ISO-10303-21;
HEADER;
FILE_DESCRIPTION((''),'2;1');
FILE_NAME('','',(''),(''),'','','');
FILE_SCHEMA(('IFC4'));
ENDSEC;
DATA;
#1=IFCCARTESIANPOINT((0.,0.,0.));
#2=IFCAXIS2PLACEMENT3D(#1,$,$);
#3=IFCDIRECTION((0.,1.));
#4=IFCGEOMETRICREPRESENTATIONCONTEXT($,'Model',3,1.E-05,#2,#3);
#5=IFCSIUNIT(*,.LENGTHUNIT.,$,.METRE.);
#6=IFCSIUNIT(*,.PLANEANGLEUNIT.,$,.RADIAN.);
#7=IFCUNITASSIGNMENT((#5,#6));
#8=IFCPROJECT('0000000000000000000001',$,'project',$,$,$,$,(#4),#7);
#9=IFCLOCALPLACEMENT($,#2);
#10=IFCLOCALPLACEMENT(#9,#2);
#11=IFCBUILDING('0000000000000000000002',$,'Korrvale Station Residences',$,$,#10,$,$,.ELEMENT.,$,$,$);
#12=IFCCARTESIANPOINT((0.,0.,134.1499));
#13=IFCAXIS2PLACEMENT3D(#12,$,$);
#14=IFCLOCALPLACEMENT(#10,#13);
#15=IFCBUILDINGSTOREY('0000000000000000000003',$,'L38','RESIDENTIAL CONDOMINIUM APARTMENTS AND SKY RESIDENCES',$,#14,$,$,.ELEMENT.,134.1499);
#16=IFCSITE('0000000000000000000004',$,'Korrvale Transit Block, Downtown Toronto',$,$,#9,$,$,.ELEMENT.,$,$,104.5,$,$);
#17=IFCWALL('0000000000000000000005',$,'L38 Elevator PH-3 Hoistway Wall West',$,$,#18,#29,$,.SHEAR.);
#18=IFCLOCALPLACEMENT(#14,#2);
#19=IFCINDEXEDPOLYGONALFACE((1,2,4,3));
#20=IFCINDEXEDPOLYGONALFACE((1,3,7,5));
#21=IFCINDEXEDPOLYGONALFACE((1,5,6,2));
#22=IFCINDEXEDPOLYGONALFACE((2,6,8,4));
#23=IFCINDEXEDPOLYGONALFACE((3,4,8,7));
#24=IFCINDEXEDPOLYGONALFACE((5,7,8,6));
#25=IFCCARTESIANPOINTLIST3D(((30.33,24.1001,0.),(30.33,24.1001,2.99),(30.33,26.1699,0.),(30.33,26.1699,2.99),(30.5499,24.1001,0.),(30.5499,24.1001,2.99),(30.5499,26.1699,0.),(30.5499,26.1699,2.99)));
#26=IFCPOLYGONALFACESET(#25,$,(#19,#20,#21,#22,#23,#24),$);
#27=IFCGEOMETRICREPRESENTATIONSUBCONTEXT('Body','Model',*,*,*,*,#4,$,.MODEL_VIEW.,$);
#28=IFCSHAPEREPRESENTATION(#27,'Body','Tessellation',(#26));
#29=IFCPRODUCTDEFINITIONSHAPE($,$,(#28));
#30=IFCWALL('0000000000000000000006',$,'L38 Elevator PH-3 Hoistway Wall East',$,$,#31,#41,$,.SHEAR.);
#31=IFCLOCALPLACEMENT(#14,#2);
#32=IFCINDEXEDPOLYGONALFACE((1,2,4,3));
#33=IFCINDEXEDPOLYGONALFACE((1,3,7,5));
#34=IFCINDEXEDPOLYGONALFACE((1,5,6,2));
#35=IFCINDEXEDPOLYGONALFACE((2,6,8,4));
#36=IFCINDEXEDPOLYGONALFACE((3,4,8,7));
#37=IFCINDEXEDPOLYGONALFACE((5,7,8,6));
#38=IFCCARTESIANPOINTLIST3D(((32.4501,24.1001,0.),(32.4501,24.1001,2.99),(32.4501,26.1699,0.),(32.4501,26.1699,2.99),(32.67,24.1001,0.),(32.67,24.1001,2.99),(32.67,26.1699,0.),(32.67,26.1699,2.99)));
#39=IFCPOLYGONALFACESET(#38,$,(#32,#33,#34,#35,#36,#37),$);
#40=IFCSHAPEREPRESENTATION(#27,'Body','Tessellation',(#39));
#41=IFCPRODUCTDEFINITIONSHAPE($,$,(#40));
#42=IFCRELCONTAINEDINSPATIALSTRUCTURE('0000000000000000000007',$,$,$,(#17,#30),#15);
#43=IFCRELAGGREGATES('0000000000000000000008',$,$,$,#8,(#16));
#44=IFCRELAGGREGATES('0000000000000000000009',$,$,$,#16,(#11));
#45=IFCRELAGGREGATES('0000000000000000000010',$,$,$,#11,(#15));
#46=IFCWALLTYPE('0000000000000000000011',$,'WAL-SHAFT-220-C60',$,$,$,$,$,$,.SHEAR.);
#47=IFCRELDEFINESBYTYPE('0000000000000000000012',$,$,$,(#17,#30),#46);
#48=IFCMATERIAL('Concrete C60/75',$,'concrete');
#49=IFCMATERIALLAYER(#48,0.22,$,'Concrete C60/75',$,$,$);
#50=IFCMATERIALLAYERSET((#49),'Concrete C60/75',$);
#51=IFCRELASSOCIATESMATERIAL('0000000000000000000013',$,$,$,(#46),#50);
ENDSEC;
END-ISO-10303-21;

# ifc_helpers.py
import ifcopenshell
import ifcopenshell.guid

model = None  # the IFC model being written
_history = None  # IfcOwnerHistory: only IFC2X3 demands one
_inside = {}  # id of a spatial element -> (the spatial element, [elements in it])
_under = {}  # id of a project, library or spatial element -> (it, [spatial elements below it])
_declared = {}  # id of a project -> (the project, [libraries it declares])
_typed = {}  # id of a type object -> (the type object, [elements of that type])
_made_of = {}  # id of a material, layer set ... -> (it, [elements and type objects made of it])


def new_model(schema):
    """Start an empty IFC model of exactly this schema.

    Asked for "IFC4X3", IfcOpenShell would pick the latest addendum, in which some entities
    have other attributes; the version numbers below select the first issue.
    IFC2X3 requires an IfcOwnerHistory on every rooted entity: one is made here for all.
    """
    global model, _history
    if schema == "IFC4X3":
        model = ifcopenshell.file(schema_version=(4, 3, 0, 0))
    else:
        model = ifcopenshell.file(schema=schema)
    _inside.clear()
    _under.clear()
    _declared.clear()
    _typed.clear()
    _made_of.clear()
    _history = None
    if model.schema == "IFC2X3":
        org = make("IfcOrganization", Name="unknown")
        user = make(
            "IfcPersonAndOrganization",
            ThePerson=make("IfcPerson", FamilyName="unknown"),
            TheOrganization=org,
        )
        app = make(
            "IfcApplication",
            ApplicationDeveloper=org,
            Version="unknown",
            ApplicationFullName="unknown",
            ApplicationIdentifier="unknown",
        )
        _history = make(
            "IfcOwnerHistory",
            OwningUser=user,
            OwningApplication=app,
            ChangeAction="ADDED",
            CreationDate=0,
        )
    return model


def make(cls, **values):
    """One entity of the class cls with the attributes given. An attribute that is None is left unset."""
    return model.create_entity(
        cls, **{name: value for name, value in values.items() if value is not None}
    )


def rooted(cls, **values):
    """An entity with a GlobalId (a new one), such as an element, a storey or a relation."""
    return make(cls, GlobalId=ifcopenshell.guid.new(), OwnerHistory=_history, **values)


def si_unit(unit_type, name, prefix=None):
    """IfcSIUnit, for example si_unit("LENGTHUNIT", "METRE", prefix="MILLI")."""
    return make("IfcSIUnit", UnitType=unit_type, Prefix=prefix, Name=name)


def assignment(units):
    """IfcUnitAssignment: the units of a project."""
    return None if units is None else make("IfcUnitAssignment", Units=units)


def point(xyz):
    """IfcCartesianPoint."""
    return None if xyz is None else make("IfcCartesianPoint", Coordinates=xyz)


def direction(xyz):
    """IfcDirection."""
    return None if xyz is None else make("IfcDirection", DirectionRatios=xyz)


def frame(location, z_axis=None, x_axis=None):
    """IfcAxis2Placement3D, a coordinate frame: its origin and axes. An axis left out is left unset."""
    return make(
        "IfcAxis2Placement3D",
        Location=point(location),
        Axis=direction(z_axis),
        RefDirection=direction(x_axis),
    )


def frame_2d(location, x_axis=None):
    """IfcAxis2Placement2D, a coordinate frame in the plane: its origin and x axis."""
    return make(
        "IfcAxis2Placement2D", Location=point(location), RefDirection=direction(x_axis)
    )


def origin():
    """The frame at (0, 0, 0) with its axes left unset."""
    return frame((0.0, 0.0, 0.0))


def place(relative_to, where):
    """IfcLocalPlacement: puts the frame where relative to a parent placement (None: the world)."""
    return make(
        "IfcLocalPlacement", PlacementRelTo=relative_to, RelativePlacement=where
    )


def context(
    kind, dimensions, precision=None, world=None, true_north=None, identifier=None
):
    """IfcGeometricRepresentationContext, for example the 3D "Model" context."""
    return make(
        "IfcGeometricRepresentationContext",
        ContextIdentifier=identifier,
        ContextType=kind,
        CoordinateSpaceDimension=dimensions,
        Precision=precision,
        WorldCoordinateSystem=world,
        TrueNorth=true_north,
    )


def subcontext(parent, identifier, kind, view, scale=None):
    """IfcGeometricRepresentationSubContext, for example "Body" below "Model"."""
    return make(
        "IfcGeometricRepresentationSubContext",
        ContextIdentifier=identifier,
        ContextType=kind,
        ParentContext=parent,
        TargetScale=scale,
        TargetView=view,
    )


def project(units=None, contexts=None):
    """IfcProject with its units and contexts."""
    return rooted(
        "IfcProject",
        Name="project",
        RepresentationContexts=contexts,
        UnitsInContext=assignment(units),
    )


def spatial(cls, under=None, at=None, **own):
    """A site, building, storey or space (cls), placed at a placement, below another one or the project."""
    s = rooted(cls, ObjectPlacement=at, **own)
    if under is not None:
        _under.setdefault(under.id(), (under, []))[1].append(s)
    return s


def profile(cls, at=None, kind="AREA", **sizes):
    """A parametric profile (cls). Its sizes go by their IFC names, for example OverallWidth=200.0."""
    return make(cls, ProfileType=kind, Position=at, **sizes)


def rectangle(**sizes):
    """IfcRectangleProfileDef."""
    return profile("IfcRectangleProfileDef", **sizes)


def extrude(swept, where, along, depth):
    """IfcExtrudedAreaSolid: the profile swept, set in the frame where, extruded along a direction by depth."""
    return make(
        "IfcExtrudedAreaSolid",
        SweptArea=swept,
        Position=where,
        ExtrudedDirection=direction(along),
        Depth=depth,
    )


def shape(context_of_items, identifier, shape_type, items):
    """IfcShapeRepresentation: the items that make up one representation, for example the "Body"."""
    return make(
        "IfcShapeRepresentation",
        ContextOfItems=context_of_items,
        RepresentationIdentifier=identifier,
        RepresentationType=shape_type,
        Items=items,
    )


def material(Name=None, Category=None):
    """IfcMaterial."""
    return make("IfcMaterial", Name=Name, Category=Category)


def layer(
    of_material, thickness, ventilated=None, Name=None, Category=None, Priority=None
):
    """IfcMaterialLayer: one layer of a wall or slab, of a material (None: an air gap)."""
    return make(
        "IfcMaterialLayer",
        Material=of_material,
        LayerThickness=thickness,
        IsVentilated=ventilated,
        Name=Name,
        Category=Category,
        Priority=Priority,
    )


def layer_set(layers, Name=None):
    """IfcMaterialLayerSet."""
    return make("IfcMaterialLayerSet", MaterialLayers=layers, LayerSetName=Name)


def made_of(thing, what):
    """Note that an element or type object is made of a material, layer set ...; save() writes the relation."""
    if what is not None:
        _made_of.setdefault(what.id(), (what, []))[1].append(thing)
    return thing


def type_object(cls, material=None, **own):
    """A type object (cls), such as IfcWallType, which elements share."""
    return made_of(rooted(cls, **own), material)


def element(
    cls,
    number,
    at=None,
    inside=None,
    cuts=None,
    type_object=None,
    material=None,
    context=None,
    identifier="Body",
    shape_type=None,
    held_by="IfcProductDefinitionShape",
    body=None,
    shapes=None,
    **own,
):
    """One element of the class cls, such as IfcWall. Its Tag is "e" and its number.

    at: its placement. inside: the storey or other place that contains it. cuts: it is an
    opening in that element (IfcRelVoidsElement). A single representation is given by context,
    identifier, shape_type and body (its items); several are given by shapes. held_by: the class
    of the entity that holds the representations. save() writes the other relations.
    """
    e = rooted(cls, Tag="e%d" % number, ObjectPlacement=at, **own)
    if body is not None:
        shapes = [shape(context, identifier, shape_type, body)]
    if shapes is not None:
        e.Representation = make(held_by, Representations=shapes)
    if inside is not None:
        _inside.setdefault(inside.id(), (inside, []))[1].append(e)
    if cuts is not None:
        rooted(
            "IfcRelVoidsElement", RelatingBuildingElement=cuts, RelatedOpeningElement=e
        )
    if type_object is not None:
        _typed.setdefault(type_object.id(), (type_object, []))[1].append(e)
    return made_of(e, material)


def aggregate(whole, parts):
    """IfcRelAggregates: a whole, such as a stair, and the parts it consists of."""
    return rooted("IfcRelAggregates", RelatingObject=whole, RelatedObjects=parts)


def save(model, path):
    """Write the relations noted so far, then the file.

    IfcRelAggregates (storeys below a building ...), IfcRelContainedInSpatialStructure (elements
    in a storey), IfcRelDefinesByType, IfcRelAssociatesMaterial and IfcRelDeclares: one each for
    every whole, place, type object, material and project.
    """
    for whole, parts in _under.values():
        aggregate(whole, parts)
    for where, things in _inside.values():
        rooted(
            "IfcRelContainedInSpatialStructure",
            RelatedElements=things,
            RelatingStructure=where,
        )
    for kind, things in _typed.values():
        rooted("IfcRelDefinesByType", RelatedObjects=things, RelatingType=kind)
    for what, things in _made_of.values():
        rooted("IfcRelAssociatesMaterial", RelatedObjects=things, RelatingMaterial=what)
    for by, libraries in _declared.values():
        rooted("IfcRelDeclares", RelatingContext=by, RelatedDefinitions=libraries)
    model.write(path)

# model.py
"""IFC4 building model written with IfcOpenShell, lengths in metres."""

from ifc_helpers import new_model, si_unit, direction, frame, frame_2d, origin, place, context, subcontext, project, spatial, rectangle, extrude, material, layer, layer_set, type_object, element, save


model = new_model("IFC4")

# Units and contexts
model_context = context("Model", 3, precision=1e-05, world=origin(), true_north=direction((0.0, 1.0)))
body_context = subcontext(model_context, "Body", "Model", "MODEL_VIEW")
ifc_project = project(units=[si_unit("LENGTHUNIT", "METRE"), si_unit("PLANEANGLEUNIT", "RADIAN")], contexts=[model_context])

# Site, building, storey
site_placement = place(None, origin())
site = spatial("IfcSite", under=ifc_project, at=site_placement, Name="Korrvale Transit Block, Downtown Toronto", CompositionType="ELEMENT", RefElevation=104.5)
building_placement = place(site_placement, origin())
building = spatial("IfcBuilding", under=site, at=building_placement, Name="Korrvale Station Residences", CompositionType="ELEMENT")
storey_placement = place(building_placement, frame((0.0, 0.0, 134.1499)))
storey = spatial("IfcBuildingStorey", under=building, at=storey_placement, Name="L38", Description="RESIDENTIAL CONDOMINIUM APARTMENTS AND SKY RESIDENCES", CompositionType="ELEMENT", Elevation=134.1499)

# Shared definitions
ifc_material_1 = material(Name="Concrete C60/75", Category="concrete")

# Shared definitions
ifc_layer_1 = layer(ifc_material_1, 0.22, Name="Concrete C60/75")
ifc_layer_set_1 = layer_set([ifc_layer_1], Name="Concrete C60/75")
wall_type_1 = type_object("IfcWallType", Name="WAL-SHAFT-220-C60", PredefinedType="SHEAR", material=ifc_layer_set_1)

# Walls
for number, where, z_axis, x_axis, name in (
    (1, (30.4399, 24.1001, 0.0), (0.0, 0.0, 1.0), (0.0, 1.0, 0.0), "L38 Elevator PH-3 Hoistway Wall West"),
    (2, (32.5601, 24.1001, 0.0), (0.0, 0.0, 1.0), (0.0, 1.0, 0.0), "L38 Elevator PH-3 Hoistway Wall East"),
):
    element("IfcWall", number, at=place(storey_placement, frame(where, z_axis=z_axis, x_axis=x_axis)), inside=storey, type_object=wall_type_1, Name=name, PredefinedType="SHEAR", context=body_context, shape_type="SweptSolid", body=[
        extrude(rectangle(XDim=2.0698, YDim=0.22, at=frame_2d((1.0349, 0.0))), origin(), (0.0, 0.0, 1.0), 2.99),
    ])

save(model, "model.ifc")
